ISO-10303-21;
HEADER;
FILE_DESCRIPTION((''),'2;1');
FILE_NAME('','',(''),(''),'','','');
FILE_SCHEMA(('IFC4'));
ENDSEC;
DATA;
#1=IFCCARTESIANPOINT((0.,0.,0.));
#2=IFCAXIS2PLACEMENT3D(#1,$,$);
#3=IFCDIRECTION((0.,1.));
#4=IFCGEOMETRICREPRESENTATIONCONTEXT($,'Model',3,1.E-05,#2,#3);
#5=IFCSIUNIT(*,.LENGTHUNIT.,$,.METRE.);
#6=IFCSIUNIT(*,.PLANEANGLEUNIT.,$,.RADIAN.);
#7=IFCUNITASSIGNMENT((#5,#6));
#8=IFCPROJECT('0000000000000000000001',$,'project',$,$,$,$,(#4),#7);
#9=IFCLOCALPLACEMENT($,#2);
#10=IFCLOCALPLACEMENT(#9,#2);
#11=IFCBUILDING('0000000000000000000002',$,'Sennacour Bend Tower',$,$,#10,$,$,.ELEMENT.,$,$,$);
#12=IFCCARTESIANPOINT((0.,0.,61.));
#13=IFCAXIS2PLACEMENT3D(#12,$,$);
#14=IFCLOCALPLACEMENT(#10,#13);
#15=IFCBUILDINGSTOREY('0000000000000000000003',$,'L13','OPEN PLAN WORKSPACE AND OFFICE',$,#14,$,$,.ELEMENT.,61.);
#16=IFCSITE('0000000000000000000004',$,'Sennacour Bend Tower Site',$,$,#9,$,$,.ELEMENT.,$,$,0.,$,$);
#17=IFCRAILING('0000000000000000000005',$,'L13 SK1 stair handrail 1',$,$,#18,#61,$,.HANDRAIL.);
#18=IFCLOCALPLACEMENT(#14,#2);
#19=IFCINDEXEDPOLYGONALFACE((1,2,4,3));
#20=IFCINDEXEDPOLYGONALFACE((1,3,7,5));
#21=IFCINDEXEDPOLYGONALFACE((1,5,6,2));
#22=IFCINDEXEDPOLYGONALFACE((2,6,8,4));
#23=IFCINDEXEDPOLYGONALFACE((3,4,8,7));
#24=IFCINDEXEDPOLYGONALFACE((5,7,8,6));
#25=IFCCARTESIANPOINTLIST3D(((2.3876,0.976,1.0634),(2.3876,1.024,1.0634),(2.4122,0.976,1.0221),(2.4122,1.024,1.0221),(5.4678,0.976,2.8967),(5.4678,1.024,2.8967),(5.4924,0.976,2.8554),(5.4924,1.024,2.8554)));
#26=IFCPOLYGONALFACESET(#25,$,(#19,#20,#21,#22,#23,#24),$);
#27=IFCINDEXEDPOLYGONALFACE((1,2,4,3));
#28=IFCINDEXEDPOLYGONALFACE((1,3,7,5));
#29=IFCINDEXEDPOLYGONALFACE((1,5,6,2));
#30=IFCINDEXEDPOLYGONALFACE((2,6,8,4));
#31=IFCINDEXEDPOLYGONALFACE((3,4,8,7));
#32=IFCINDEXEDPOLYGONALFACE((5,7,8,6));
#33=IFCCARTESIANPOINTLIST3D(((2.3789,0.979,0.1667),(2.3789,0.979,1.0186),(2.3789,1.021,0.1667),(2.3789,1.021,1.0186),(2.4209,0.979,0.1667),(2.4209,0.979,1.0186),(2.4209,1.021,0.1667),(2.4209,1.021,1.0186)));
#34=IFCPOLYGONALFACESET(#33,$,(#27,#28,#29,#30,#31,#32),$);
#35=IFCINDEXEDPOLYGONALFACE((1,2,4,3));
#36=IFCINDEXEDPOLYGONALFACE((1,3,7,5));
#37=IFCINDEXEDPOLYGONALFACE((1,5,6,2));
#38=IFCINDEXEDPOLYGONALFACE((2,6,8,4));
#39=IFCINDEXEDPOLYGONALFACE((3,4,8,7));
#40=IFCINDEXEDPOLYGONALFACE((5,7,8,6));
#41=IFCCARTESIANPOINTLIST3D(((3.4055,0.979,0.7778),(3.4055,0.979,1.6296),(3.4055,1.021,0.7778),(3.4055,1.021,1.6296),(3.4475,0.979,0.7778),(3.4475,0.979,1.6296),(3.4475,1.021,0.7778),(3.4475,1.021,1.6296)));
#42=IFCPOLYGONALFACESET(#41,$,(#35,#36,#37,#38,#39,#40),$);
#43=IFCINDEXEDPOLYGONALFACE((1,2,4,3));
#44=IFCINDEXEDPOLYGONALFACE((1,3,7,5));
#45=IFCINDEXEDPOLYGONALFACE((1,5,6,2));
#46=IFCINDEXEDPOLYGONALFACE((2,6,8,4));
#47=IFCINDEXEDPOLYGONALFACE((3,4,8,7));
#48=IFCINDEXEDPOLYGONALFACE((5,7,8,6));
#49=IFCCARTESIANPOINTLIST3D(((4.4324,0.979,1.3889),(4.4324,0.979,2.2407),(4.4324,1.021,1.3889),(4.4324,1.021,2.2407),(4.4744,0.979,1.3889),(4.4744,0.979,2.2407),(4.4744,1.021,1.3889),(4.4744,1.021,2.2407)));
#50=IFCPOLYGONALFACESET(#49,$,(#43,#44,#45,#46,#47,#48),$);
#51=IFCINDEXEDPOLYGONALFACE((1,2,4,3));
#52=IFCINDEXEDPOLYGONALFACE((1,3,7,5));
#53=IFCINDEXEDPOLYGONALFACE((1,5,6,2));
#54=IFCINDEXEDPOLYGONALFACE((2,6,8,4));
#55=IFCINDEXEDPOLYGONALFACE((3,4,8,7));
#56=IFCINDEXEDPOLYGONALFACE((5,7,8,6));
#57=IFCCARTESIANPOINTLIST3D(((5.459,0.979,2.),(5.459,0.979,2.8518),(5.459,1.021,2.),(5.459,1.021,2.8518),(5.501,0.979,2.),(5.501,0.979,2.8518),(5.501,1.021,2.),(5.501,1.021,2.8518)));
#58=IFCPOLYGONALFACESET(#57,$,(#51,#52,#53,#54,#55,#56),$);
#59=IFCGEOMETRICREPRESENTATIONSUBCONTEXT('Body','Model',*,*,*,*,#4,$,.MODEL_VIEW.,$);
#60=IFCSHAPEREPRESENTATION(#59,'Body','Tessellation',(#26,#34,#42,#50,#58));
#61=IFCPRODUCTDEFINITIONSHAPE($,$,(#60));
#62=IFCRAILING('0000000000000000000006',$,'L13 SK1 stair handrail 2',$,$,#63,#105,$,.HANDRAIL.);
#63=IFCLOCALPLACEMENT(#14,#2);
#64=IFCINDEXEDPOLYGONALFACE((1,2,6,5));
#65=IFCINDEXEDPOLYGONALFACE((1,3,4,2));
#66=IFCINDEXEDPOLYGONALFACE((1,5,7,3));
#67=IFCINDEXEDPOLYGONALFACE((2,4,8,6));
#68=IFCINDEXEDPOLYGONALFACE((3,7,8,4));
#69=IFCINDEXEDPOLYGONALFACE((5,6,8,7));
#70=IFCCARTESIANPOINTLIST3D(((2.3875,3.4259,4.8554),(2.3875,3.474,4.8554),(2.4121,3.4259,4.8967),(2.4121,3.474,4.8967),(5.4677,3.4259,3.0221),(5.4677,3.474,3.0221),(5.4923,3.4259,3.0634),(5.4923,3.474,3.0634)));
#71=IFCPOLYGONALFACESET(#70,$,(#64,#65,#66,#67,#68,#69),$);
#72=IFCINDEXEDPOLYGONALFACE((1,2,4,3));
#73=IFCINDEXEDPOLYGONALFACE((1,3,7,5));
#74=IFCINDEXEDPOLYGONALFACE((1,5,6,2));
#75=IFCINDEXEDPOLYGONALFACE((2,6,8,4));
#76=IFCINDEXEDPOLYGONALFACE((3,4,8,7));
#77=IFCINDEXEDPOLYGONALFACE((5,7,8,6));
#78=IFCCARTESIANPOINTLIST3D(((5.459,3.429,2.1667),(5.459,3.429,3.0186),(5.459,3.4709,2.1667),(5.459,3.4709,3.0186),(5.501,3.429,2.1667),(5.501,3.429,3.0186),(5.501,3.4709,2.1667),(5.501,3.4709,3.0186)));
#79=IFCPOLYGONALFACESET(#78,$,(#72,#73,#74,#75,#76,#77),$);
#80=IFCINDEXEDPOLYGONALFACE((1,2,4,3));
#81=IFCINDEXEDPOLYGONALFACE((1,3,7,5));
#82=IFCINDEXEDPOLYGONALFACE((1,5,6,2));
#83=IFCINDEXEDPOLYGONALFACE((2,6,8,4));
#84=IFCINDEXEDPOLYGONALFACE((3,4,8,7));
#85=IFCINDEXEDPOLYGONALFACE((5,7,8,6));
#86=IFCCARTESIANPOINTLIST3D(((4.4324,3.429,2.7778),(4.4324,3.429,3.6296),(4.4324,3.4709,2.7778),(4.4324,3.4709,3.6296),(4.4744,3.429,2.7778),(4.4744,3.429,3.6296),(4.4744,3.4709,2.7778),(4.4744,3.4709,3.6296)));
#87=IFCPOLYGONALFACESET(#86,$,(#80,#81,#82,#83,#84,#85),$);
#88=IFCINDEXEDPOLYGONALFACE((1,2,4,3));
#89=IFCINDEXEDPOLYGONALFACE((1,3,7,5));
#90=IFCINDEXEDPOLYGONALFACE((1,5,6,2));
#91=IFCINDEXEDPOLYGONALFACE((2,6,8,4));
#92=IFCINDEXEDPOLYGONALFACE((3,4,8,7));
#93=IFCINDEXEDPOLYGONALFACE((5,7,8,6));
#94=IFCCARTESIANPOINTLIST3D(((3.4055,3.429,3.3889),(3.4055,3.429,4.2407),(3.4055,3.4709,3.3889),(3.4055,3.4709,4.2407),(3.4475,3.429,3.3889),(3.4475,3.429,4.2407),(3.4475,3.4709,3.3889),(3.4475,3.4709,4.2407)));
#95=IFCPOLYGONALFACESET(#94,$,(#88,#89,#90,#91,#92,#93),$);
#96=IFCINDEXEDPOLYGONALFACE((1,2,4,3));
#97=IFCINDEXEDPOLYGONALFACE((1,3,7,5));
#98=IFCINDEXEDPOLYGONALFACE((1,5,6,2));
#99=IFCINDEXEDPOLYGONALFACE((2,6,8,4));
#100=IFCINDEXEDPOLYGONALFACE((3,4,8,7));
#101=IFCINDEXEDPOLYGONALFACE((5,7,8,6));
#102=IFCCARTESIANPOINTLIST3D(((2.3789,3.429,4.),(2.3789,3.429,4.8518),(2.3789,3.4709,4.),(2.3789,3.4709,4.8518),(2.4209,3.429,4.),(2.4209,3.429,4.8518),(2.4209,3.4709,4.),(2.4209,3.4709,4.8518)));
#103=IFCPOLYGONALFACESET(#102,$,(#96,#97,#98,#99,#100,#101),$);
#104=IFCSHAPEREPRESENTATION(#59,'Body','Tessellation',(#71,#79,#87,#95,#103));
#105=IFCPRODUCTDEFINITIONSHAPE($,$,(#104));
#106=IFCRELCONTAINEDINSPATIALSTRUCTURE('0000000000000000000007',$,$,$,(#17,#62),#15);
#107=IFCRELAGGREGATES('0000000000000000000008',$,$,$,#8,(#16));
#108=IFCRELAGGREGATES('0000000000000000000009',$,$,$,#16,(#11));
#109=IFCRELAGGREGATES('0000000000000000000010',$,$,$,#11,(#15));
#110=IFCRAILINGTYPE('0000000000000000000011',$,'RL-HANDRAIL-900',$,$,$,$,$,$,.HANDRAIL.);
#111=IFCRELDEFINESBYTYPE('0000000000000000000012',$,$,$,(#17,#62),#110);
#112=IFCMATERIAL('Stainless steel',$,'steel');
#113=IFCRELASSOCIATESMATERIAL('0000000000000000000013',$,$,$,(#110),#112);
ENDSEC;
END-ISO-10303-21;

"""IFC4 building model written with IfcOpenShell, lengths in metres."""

from ifc_helpers import new_model, si_unit, direction, frame, origin, origin_2d, place, context, subcontext, project, spatial, rectangle, extrude, material, type_object, element, save


model = new_model("IFC4")

# Units and contexts
model_context = context("Model", 3, precision=1e-05, world=origin(), true_north=direction((0.0, 1.0)))
body_context = subcontext(model_context, "Body", "Model", "MODEL_VIEW")
ifc_project = project(units=[si_unit("LENGTHUNIT", "METRE"), si_unit("PLANEANGLEUNIT", "RADIAN")], contexts=[model_context])

# Site, building, storey
site_placement = place(None, origin())
site = spatial("IfcSite", under=ifc_project, at=site_placement, Name="Sennacour Bend Tower Site", CompositionType="ELEMENT", RefElevation=0.0)
building_placement = place(site_placement, origin())
building = spatial("IfcBuilding", under=site, at=building_placement, Name="Sennacour Bend Tower", CompositionType="ELEMENT")
storey_placement = place(building_placement, frame((0.0, 0.0, 61.0)))
storey = spatial("IfcBuildingStorey", under=building, at=storey_placement, Name="L13", Description="OPEN PLAN WORKSPACE AND OFFICE", CompositionType="ELEMENT", Elevation=61.0)

# Railings
ifc_material_1 = material(Name="Stainless steel", Category="steel")
railing_type_1 = type_object("IfcRailingType", Name="RL-HANDRAIL-900", PredefinedType="HANDRAIL", material=ifc_material_1)
railing_1_placement = place(storey_placement, frame((2.3999, 1.0, 0.1667)))
element("IfcRailing", 1, at=railing_1_placement, inside=storey, type_object=railing_type_1, Name="L13 SK1 stair handrail 1", PredefinedType="HANDRAIL", context=body_context, shape_type="SweptSolid", body=[
    extrude(rectangle(XDim=0.0481, YDim=0.0481, at=origin_2d()), frame((0.0, 0.0, 0.876), z_axis=(0.859309, 0.0, 0.511458), x_axis=(0.0, 1.0, 0.0)), (0.0, 0.0, 1.0), 3.5845),
    extrude(rectangle(XDim=0.042, YDim=0.042, at=origin_2d()), origin(), (0.0, 0.0, 1.0), 0.8518),
    extrude(rectangle(XDim=0.042, YDim=0.042, at=origin_2d()), frame((1.0266, 0.0, 0.6111)), (0.0, 0.0, 1.0), 0.8518),
    extrude(rectangle(XDim=0.042, YDim=0.042, at=origin_2d()), frame((2.0535, 0.0, 1.2222)), (0.0, 0.0, 1.0), 0.8518),
    extrude(rectangle(XDim=0.042, YDim=0.042, at=origin_2d()), frame((3.0801, 0.0, 1.8333)), (0.0, 0.0, 1.0), 0.8518),
])
railing_2_placement = place(storey_placement, frame((5.48, 3.45, 2.1667)))
element("IfcRailing", 2, at=railing_2_placement, inside=storey, type_object=railing_type_1, Name="L13 SK1 stair handrail 2", PredefinedType="HANDRAIL", context=body_context, shape_type="SweptSolid", body=[
    extrude(rectangle(XDim=0.0481, YDim=0.0481, at=origin_2d()), frame((0.0, 0.0, 0.876), z_axis=(-0.859309, 0.0, 0.511458), x_axis=(0.0, -1.0, 0.0)), (0.0, 0.0, 1.0), 3.5845),
    extrude(rectangle(XDim=0.042, YDim=0.042, at=origin_2d()), origin(), (0.0, 0.0, 1.0), 0.8518),
    extrude(rectangle(XDim=0.042, YDim=0.042, at=origin_2d()), frame((-1.0266, 0.0, 0.6111)), (0.0, 0.0, 1.0), 0.8518),
    extrude(rectangle(XDim=0.042, YDim=0.042, at=origin_2d()), frame((-2.0535, 0.0, 1.2222)), (0.0, 0.0, 1.0), 0.8518),
    extrude(rectangle(XDim=0.042, YDim=0.042, at=origin_2d()), frame((-3.0801, 0.0, 1.8333)), (0.0, 0.0, 1.0), 0.8518),
])

save(model, "model.ifc")
